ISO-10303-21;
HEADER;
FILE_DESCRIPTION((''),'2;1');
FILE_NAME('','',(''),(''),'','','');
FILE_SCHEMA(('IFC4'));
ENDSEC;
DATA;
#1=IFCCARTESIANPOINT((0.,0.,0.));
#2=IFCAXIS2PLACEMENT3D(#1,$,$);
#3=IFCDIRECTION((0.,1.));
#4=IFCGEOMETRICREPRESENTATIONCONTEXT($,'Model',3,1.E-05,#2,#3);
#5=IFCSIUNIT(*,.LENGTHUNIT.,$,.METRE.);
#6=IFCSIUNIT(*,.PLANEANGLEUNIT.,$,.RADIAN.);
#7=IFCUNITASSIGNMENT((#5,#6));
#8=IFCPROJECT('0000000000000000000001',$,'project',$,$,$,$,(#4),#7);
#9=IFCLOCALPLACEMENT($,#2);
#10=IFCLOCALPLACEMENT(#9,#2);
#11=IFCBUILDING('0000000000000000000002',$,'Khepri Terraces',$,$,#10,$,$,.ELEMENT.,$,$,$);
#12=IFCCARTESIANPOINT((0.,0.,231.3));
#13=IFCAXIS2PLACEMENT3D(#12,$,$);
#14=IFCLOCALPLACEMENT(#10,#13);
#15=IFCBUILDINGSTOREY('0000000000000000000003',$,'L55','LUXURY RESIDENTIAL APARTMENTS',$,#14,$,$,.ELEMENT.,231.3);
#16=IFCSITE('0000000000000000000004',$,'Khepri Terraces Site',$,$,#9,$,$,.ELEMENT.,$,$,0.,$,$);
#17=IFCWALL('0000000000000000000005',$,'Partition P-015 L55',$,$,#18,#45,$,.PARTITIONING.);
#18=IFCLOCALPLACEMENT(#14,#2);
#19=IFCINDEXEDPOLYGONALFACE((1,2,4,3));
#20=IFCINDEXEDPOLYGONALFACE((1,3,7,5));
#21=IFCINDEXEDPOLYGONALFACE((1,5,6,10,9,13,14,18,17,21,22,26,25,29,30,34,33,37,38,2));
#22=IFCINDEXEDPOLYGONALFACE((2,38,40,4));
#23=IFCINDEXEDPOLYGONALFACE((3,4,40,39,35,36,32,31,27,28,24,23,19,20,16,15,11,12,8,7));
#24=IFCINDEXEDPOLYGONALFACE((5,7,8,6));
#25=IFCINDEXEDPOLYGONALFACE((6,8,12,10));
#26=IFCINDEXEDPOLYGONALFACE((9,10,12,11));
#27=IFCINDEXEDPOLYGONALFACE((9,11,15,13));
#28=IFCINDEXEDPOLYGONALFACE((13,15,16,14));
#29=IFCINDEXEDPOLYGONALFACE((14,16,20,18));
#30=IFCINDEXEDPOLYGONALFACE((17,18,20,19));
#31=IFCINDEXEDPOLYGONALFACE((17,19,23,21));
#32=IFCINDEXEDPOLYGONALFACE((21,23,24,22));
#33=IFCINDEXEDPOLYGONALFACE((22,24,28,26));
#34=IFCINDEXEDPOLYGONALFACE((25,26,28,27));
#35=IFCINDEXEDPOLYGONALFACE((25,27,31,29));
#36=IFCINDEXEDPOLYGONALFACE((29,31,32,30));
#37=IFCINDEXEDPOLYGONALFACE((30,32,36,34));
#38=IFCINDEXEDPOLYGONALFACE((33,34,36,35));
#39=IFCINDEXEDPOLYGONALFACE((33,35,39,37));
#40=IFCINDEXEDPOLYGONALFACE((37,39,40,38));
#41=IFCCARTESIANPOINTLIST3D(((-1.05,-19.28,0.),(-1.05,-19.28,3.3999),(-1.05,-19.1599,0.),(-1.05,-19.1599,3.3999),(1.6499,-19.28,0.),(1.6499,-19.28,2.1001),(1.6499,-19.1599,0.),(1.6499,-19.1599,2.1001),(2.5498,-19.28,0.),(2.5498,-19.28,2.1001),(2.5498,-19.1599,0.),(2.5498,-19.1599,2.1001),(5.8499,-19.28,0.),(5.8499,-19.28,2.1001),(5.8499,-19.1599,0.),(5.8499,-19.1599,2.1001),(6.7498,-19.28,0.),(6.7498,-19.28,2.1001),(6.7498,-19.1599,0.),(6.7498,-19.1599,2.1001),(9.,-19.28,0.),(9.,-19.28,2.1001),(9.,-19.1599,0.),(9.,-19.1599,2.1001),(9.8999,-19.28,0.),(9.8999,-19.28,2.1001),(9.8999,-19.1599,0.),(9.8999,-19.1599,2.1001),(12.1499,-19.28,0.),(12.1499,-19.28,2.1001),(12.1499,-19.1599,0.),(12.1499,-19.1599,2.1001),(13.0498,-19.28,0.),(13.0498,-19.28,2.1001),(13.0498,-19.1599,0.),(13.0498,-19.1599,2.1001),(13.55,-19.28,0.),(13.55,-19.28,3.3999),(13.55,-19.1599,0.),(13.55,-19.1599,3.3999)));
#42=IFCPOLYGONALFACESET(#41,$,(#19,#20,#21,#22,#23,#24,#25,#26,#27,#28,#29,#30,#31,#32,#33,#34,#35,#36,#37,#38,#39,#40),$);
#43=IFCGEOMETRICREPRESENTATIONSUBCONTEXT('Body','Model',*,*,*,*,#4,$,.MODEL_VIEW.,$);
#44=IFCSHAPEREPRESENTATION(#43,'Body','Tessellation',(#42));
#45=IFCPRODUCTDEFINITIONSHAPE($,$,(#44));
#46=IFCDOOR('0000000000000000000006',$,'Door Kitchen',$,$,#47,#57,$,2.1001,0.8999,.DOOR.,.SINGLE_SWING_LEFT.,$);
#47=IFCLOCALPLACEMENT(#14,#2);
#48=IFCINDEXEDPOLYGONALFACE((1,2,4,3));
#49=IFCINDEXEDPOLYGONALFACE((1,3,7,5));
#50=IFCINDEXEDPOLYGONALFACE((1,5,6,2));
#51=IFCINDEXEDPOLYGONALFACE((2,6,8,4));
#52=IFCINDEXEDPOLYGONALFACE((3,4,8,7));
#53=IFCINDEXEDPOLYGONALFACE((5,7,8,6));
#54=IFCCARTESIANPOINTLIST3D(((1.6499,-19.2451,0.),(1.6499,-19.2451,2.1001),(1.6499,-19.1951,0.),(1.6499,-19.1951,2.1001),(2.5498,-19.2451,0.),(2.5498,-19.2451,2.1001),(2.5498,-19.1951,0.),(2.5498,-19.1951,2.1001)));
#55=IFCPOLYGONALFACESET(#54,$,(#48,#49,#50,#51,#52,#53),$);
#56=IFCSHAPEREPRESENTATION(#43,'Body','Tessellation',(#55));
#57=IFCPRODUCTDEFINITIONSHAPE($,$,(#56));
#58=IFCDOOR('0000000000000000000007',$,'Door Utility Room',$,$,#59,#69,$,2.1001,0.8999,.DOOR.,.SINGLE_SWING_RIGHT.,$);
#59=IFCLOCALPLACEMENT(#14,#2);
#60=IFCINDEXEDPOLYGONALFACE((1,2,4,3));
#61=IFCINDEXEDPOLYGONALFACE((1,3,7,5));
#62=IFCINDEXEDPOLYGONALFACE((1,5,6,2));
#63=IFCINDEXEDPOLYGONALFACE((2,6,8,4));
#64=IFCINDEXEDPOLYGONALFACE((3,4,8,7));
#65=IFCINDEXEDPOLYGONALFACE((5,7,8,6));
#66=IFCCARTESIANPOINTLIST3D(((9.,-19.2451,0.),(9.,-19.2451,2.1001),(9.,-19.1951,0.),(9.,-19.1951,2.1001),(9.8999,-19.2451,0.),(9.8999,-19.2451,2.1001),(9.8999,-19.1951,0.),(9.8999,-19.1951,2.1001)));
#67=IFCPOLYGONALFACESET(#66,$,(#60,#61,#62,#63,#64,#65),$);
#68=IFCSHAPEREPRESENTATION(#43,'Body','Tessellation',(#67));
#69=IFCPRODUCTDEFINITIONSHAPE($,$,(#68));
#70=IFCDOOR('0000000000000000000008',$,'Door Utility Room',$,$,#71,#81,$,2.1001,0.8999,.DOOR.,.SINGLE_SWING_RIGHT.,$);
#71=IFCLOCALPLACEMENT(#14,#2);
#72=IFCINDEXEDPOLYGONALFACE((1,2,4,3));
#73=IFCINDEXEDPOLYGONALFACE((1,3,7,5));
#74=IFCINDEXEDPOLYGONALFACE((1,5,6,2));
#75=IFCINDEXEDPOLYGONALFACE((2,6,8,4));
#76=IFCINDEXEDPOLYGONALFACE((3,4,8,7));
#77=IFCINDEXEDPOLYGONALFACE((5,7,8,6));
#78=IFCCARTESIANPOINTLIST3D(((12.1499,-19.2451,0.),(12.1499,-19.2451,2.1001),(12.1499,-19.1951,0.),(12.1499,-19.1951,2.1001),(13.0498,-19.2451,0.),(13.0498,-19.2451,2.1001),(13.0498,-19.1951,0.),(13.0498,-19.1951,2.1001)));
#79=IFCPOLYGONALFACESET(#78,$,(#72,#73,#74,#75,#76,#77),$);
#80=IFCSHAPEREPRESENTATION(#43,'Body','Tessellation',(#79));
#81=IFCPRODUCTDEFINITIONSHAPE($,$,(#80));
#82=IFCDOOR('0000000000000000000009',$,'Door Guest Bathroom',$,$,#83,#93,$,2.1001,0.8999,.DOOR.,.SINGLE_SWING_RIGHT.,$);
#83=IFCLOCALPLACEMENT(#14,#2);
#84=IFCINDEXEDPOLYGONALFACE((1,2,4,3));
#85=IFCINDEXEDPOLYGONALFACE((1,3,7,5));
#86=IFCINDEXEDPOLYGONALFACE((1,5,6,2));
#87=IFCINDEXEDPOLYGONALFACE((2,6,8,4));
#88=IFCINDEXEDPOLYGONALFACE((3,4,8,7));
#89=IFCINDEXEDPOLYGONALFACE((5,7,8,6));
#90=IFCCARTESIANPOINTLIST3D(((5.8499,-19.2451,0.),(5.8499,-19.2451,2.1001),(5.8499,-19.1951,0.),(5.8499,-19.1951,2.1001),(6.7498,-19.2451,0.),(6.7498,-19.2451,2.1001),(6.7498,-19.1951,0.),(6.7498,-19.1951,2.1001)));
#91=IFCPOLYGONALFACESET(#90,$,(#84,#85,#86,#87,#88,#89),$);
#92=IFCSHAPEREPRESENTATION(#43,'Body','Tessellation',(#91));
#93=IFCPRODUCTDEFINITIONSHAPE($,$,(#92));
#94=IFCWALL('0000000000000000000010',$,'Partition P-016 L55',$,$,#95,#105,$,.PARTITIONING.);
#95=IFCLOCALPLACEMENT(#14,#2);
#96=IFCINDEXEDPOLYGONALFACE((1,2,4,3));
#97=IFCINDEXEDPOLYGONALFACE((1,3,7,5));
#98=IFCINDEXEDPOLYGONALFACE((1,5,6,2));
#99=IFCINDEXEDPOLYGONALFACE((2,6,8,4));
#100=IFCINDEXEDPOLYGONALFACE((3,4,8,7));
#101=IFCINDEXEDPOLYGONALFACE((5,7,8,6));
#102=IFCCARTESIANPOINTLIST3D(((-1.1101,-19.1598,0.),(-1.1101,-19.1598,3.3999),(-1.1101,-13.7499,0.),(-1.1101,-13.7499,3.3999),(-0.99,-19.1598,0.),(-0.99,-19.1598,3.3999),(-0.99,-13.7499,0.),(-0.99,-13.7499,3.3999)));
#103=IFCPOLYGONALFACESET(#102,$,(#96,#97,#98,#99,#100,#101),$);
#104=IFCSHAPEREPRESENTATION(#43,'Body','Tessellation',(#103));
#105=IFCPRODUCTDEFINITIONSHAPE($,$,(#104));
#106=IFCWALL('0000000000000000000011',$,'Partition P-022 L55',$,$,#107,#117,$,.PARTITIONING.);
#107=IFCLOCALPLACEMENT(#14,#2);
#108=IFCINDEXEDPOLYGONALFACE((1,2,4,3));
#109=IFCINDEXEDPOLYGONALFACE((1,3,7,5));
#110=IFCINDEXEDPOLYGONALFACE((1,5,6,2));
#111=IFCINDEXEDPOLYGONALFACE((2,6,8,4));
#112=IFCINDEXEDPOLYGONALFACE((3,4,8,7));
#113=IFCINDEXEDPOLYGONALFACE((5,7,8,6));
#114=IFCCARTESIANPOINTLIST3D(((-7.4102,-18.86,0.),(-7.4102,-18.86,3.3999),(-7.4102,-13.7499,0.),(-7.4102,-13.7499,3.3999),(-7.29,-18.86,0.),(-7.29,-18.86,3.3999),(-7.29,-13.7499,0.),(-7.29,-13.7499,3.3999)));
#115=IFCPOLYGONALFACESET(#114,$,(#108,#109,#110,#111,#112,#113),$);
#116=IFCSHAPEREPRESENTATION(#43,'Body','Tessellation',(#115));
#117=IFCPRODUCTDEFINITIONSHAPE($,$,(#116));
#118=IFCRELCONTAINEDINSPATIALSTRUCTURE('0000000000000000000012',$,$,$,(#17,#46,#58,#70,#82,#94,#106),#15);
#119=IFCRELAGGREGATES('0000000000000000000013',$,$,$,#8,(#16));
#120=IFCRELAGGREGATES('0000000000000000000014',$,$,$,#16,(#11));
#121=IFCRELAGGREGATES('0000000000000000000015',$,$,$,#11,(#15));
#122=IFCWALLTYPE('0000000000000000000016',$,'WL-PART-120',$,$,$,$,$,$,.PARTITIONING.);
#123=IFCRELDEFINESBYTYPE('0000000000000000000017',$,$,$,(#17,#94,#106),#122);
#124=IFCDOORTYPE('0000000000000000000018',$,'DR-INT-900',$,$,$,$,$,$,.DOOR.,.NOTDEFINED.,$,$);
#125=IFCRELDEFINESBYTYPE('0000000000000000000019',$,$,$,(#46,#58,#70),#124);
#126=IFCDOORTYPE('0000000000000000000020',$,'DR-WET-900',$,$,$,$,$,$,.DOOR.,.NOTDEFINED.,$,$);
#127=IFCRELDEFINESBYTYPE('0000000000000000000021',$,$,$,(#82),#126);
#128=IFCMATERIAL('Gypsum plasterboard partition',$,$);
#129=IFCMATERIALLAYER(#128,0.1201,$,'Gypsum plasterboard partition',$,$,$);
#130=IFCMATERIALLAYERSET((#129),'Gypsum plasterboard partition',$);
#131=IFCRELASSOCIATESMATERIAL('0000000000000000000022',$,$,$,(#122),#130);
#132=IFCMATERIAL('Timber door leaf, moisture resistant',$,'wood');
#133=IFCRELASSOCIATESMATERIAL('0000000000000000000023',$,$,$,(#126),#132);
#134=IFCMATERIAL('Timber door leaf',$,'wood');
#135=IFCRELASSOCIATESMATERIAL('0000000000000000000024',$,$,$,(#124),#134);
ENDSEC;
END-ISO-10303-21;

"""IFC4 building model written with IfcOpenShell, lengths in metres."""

from ifc_helpers import new_model, si_unit, direction, frame, frame_2d, origin, place, context, subcontext, project, spatial, rectangle, extrude, material, layer, layer_set, type_object, element, fill, save


model = new_model("IFC4")

# Units and contexts
model_context = context("Model", 3, precision=1e-05, world=origin(), true_north=direction((0.0, 1.0)))
body_context = subcontext(model_context, "Body", "Model", "MODEL_VIEW")
ifc_project = project(units=[si_unit("LENGTHUNIT", "METRE"), si_unit("PLANEANGLEUNIT", "RADIAN")], contexts=[model_context])

# Site, building, storey
site_placement = place(None, origin())
site = spatial("IfcSite", under=ifc_project, at=site_placement, Name="Khepri Terraces Site", CompositionType="ELEMENT", RefElevation=0.0)
building_placement = place(site_placement, origin())
building = spatial("IfcBuilding", under=site, at=building_placement, Name="Khepri Terraces", CompositionType="ELEMENT")
storey_placement = place(building_placement, frame((0.0, 0.0, 231.3)))
storey = spatial("IfcBuildingStorey", under=building, at=storey_placement, Name="L55", Description="LUXURY RESIDENTIAL APARTMENTS", CompositionType="ELEMENT", Elevation=231.3)

# Shared definitions
ifc_material_1 = material(Name="Gypsum plasterboard partition")
ifc_layer_1 = layer(ifc_material_1, 0.1201, Name="Gypsum plasterboard partition")
ifc_layer_set_1 = layer_set([ifc_layer_1], Name="Gypsum plasterboard partition")
wall_type_1 = type_object("IfcWallType", Name="WL-PART-120", PredefinedType="PARTITIONING", material=ifc_layer_set_1)
ifc_material_2 = material(Name="Timber door leaf, moisture resistant", Category="wood")
door_type_1 = type_object("IfcDoorType", Name="DR-WET-900", OperationType="NOTDEFINED", PredefinedType="DOOR", material=ifc_material_2)

# Wall, openings, doors
ifc_material_3 = material(Name="Timber door leaf", Category="wood")
door_type_2 = type_object("IfcDoorType", Name="DR-INT-900", OperationType="NOTDEFINED", PredefinedType="DOOR", material=ifc_material_3)
wall_1_placement = place(storey_placement, frame((-1.05, -19.22, 0.0), z_axis=(0.0, 0.0, 1.0), x_axis=(1.0, 0.0, 0.0)))
wall_1 = element("IfcWall", 1, at=wall_1_placement, inside=storey, type_object=wall_type_1, Name="Partition P-015 L55", PredefinedType="PARTITIONING", context=body_context, shape_type="SweptSolid", body=[
    extrude(rectangle(XDim=14.6001, YDim=0.1201, at=frame_2d((7.3, 0.0))), origin(), (0.0, 0.0, 1.0), 3.3999),
])
opening_1_placement = place(wall_1_placement, frame((2.7, 0.0, 0.0)))
opening_1 = element("IfcOpeningElement", 2, at=opening_1_placement, cuts=wall_1, PredefinedType="OPENING", context=body_context, shape_type="SweptSolid", body=[
    extrude(rectangle(XDim=0.8999, YDim=2.1001, at=frame_2d((0.45, 1.05))), frame((0.0, 0.0701, 0.0), z_axis=(0.0, -1.0, 0.0), x_axis=(1.0, 0.0, 0.0)), (0.0, 0.0, 1.0), 0.1401),
])
opening_2_placement = place(wall_1_placement, frame((6.8999, 0.0, 0.0)))
opening_2 = element("IfcOpeningElement", 3, at=opening_2_placement, cuts=wall_1, PredefinedType="OPENING", context=body_context, shape_type="SweptSolid", body=[
    extrude(rectangle(XDim=0.8999, YDim=2.1001, at=frame_2d((0.45, 1.05))), frame((0.0, 0.0701, 0.0), z_axis=(0.0, -1.0, 0.0), x_axis=(1.0, 0.0, 0.0)), (0.0, 0.0, 1.0), 0.1401),
])
opening_3_placement = place(wall_1_placement, frame((10.05, 0.0, 0.0)))
opening_3 = element("IfcOpeningElement", 4, at=opening_3_placement, cuts=wall_1, PredefinedType="OPENING", context=body_context, shape_type="SweptSolid", body=[
    extrude(rectangle(XDim=0.8999, YDim=2.1001, at=frame_2d((0.45, 1.05))), frame((0.0, 0.0701, 0.0), z_axis=(0.0, -1.0, 0.0), x_axis=(1.0, 0.0, 0.0)), (0.0, 0.0, 1.0), 0.1401),
])
opening_4_placement = place(wall_1_placement, frame((13.2, 0.0, 0.0)))
opening_4 = element("IfcOpeningElement", 5, at=opening_4_placement, cuts=wall_1, PredefinedType="OPENING", context=body_context, shape_type="SweptSolid", body=[
    extrude(rectangle(XDim=0.8999, YDim=2.1001, at=frame_2d((0.45, 1.05))), frame((0.0, 0.0701, 0.0), z_axis=(0.0, -1.0, 0.0), x_axis=(1.0, 0.0, 0.0)), (0.0, 0.0, 1.0), 0.1401),
])
door_1_placement = place(opening_1_placement, origin())
door_1 = element("IfcDoor", 6, at=door_1_placement, inside=storey, type_object=door_type_2, Name="Door Kitchen", OperationType="SINGLE_SWING_LEFT", OverallHeight=2.1001, OverallWidth=0.8999, PredefinedType="DOOR", context=body_context, shape_type="SweptSolid", body=[
    extrude(rectangle(XDim=0.8999, YDim=2.1001, at=frame_2d((0.45, 1.05))), frame((0.0, 0.0249, 0.0), z_axis=(0.0, -1.0, 0.0), x_axis=(1.0, 0.0, 0.0)), (0.0, 0.0, 1.0), 0.05),
])
fill(opening_1, door_1)
door_2_placement = place(opening_3_placement, origin())
door_2 = element("IfcDoor", 7, at=door_2_placement, inside=storey, type_object=door_type_2, Name="Door Utility Room", OperationType="SINGLE_SWING_RIGHT", OverallHeight=2.1001, OverallWidth=0.8999, PredefinedType="DOOR", context=body_context, shape_type="SweptSolid", body=[
    extrude(rectangle(XDim=0.8999, YDim=2.1001, at=frame_2d((0.45, 1.05))), frame((0.0, 0.0249, 0.0), z_axis=(0.0, -1.0, 0.0), x_axis=(1.0, 0.0, 0.0)), (0.0, 0.0, 1.0), 0.05),
])
fill(opening_3, door_2)
door_3_placement = place(opening_4_placement, origin())
door_3 = element("IfcDoor", 8, at=door_3_placement, inside=storey, type_object=door_type_2, Name="Door Utility Room", OperationType="SINGLE_SWING_RIGHT", OverallHeight=2.1001, OverallWidth=0.8999, PredefinedType="DOOR", context=body_context, shape_type="SweptSolid", body=[
    extrude(rectangle(XDim=0.8999, YDim=2.1001, at=frame_2d((0.45, 1.05))), frame((0.0, 0.0249, 0.0), z_axis=(0.0, -1.0, 0.0), x_axis=(1.0, 0.0, 0.0)), (0.0, 0.0, 1.0), 0.05),
])
fill(opening_4, door_3)
door_4_placement = place(opening_2_placement, origin())
door_4 = element("IfcDoor", 9, at=door_4_placement, inside=storey, type_object=door_type_1, Name="Door Guest Bathroom", OperationType="SINGLE_SWING_RIGHT", OverallHeight=2.1001, OverallWidth=0.8999, PredefinedType="DOOR", context=body_context, shape_type="SweptSolid", body=[
    extrude(rectangle(XDim=0.8999, YDim=2.1001, at=frame_2d((0.45, 1.05))), frame((0.0, 0.0249, 0.0), z_axis=(0.0, -1.0, 0.0), x_axis=(1.0, 0.0, 0.0)), (0.0, 0.0, 1.0), 0.05),
])
fill(opening_2, door_4)

# Walls
wall_2_placement = place(storey_placement, frame((-1.05, -19.1599, 0.0), z_axis=(0.0, 0.0, 1.0), x_axis=(0.0, 1.0, 0.0)))
element("IfcWall", 10, at=wall_2_placement, inside=storey, type_object=wall_type_1, Name="Partition P-016 L55", PredefinedType="PARTITIONING", context=body_context, shape_type="SweptSolid", body=[
    extrude(rectangle(XDim=5.4099, YDim=0.1201, at=frame_2d((2.7051, 0.0))), origin(), (0.0, 0.0, 1.0), 3.3999),
])
wall_3_placement = place(storey_placement, frame((-7.3501, -18.8601, 0.0), z_axis=(0.0, 0.0, 1.0), x_axis=(0.0, 1.0, 0.0)))
element("IfcWall", 11, at=wall_3_placement, inside=storey, type_object=wall_type_1, Name="Partition P-022 L55", PredefinedType="PARTITIONING", context=body_context, shape_type="SweptSolid", body=[
    extrude(rectangle(XDim=5.1101, YDim=0.1201, at=frame_2d((2.5552, 0.0))), origin(), (0.0, 0.0, 1.0), 3.3999),
])

save(model, "model.ifc")
